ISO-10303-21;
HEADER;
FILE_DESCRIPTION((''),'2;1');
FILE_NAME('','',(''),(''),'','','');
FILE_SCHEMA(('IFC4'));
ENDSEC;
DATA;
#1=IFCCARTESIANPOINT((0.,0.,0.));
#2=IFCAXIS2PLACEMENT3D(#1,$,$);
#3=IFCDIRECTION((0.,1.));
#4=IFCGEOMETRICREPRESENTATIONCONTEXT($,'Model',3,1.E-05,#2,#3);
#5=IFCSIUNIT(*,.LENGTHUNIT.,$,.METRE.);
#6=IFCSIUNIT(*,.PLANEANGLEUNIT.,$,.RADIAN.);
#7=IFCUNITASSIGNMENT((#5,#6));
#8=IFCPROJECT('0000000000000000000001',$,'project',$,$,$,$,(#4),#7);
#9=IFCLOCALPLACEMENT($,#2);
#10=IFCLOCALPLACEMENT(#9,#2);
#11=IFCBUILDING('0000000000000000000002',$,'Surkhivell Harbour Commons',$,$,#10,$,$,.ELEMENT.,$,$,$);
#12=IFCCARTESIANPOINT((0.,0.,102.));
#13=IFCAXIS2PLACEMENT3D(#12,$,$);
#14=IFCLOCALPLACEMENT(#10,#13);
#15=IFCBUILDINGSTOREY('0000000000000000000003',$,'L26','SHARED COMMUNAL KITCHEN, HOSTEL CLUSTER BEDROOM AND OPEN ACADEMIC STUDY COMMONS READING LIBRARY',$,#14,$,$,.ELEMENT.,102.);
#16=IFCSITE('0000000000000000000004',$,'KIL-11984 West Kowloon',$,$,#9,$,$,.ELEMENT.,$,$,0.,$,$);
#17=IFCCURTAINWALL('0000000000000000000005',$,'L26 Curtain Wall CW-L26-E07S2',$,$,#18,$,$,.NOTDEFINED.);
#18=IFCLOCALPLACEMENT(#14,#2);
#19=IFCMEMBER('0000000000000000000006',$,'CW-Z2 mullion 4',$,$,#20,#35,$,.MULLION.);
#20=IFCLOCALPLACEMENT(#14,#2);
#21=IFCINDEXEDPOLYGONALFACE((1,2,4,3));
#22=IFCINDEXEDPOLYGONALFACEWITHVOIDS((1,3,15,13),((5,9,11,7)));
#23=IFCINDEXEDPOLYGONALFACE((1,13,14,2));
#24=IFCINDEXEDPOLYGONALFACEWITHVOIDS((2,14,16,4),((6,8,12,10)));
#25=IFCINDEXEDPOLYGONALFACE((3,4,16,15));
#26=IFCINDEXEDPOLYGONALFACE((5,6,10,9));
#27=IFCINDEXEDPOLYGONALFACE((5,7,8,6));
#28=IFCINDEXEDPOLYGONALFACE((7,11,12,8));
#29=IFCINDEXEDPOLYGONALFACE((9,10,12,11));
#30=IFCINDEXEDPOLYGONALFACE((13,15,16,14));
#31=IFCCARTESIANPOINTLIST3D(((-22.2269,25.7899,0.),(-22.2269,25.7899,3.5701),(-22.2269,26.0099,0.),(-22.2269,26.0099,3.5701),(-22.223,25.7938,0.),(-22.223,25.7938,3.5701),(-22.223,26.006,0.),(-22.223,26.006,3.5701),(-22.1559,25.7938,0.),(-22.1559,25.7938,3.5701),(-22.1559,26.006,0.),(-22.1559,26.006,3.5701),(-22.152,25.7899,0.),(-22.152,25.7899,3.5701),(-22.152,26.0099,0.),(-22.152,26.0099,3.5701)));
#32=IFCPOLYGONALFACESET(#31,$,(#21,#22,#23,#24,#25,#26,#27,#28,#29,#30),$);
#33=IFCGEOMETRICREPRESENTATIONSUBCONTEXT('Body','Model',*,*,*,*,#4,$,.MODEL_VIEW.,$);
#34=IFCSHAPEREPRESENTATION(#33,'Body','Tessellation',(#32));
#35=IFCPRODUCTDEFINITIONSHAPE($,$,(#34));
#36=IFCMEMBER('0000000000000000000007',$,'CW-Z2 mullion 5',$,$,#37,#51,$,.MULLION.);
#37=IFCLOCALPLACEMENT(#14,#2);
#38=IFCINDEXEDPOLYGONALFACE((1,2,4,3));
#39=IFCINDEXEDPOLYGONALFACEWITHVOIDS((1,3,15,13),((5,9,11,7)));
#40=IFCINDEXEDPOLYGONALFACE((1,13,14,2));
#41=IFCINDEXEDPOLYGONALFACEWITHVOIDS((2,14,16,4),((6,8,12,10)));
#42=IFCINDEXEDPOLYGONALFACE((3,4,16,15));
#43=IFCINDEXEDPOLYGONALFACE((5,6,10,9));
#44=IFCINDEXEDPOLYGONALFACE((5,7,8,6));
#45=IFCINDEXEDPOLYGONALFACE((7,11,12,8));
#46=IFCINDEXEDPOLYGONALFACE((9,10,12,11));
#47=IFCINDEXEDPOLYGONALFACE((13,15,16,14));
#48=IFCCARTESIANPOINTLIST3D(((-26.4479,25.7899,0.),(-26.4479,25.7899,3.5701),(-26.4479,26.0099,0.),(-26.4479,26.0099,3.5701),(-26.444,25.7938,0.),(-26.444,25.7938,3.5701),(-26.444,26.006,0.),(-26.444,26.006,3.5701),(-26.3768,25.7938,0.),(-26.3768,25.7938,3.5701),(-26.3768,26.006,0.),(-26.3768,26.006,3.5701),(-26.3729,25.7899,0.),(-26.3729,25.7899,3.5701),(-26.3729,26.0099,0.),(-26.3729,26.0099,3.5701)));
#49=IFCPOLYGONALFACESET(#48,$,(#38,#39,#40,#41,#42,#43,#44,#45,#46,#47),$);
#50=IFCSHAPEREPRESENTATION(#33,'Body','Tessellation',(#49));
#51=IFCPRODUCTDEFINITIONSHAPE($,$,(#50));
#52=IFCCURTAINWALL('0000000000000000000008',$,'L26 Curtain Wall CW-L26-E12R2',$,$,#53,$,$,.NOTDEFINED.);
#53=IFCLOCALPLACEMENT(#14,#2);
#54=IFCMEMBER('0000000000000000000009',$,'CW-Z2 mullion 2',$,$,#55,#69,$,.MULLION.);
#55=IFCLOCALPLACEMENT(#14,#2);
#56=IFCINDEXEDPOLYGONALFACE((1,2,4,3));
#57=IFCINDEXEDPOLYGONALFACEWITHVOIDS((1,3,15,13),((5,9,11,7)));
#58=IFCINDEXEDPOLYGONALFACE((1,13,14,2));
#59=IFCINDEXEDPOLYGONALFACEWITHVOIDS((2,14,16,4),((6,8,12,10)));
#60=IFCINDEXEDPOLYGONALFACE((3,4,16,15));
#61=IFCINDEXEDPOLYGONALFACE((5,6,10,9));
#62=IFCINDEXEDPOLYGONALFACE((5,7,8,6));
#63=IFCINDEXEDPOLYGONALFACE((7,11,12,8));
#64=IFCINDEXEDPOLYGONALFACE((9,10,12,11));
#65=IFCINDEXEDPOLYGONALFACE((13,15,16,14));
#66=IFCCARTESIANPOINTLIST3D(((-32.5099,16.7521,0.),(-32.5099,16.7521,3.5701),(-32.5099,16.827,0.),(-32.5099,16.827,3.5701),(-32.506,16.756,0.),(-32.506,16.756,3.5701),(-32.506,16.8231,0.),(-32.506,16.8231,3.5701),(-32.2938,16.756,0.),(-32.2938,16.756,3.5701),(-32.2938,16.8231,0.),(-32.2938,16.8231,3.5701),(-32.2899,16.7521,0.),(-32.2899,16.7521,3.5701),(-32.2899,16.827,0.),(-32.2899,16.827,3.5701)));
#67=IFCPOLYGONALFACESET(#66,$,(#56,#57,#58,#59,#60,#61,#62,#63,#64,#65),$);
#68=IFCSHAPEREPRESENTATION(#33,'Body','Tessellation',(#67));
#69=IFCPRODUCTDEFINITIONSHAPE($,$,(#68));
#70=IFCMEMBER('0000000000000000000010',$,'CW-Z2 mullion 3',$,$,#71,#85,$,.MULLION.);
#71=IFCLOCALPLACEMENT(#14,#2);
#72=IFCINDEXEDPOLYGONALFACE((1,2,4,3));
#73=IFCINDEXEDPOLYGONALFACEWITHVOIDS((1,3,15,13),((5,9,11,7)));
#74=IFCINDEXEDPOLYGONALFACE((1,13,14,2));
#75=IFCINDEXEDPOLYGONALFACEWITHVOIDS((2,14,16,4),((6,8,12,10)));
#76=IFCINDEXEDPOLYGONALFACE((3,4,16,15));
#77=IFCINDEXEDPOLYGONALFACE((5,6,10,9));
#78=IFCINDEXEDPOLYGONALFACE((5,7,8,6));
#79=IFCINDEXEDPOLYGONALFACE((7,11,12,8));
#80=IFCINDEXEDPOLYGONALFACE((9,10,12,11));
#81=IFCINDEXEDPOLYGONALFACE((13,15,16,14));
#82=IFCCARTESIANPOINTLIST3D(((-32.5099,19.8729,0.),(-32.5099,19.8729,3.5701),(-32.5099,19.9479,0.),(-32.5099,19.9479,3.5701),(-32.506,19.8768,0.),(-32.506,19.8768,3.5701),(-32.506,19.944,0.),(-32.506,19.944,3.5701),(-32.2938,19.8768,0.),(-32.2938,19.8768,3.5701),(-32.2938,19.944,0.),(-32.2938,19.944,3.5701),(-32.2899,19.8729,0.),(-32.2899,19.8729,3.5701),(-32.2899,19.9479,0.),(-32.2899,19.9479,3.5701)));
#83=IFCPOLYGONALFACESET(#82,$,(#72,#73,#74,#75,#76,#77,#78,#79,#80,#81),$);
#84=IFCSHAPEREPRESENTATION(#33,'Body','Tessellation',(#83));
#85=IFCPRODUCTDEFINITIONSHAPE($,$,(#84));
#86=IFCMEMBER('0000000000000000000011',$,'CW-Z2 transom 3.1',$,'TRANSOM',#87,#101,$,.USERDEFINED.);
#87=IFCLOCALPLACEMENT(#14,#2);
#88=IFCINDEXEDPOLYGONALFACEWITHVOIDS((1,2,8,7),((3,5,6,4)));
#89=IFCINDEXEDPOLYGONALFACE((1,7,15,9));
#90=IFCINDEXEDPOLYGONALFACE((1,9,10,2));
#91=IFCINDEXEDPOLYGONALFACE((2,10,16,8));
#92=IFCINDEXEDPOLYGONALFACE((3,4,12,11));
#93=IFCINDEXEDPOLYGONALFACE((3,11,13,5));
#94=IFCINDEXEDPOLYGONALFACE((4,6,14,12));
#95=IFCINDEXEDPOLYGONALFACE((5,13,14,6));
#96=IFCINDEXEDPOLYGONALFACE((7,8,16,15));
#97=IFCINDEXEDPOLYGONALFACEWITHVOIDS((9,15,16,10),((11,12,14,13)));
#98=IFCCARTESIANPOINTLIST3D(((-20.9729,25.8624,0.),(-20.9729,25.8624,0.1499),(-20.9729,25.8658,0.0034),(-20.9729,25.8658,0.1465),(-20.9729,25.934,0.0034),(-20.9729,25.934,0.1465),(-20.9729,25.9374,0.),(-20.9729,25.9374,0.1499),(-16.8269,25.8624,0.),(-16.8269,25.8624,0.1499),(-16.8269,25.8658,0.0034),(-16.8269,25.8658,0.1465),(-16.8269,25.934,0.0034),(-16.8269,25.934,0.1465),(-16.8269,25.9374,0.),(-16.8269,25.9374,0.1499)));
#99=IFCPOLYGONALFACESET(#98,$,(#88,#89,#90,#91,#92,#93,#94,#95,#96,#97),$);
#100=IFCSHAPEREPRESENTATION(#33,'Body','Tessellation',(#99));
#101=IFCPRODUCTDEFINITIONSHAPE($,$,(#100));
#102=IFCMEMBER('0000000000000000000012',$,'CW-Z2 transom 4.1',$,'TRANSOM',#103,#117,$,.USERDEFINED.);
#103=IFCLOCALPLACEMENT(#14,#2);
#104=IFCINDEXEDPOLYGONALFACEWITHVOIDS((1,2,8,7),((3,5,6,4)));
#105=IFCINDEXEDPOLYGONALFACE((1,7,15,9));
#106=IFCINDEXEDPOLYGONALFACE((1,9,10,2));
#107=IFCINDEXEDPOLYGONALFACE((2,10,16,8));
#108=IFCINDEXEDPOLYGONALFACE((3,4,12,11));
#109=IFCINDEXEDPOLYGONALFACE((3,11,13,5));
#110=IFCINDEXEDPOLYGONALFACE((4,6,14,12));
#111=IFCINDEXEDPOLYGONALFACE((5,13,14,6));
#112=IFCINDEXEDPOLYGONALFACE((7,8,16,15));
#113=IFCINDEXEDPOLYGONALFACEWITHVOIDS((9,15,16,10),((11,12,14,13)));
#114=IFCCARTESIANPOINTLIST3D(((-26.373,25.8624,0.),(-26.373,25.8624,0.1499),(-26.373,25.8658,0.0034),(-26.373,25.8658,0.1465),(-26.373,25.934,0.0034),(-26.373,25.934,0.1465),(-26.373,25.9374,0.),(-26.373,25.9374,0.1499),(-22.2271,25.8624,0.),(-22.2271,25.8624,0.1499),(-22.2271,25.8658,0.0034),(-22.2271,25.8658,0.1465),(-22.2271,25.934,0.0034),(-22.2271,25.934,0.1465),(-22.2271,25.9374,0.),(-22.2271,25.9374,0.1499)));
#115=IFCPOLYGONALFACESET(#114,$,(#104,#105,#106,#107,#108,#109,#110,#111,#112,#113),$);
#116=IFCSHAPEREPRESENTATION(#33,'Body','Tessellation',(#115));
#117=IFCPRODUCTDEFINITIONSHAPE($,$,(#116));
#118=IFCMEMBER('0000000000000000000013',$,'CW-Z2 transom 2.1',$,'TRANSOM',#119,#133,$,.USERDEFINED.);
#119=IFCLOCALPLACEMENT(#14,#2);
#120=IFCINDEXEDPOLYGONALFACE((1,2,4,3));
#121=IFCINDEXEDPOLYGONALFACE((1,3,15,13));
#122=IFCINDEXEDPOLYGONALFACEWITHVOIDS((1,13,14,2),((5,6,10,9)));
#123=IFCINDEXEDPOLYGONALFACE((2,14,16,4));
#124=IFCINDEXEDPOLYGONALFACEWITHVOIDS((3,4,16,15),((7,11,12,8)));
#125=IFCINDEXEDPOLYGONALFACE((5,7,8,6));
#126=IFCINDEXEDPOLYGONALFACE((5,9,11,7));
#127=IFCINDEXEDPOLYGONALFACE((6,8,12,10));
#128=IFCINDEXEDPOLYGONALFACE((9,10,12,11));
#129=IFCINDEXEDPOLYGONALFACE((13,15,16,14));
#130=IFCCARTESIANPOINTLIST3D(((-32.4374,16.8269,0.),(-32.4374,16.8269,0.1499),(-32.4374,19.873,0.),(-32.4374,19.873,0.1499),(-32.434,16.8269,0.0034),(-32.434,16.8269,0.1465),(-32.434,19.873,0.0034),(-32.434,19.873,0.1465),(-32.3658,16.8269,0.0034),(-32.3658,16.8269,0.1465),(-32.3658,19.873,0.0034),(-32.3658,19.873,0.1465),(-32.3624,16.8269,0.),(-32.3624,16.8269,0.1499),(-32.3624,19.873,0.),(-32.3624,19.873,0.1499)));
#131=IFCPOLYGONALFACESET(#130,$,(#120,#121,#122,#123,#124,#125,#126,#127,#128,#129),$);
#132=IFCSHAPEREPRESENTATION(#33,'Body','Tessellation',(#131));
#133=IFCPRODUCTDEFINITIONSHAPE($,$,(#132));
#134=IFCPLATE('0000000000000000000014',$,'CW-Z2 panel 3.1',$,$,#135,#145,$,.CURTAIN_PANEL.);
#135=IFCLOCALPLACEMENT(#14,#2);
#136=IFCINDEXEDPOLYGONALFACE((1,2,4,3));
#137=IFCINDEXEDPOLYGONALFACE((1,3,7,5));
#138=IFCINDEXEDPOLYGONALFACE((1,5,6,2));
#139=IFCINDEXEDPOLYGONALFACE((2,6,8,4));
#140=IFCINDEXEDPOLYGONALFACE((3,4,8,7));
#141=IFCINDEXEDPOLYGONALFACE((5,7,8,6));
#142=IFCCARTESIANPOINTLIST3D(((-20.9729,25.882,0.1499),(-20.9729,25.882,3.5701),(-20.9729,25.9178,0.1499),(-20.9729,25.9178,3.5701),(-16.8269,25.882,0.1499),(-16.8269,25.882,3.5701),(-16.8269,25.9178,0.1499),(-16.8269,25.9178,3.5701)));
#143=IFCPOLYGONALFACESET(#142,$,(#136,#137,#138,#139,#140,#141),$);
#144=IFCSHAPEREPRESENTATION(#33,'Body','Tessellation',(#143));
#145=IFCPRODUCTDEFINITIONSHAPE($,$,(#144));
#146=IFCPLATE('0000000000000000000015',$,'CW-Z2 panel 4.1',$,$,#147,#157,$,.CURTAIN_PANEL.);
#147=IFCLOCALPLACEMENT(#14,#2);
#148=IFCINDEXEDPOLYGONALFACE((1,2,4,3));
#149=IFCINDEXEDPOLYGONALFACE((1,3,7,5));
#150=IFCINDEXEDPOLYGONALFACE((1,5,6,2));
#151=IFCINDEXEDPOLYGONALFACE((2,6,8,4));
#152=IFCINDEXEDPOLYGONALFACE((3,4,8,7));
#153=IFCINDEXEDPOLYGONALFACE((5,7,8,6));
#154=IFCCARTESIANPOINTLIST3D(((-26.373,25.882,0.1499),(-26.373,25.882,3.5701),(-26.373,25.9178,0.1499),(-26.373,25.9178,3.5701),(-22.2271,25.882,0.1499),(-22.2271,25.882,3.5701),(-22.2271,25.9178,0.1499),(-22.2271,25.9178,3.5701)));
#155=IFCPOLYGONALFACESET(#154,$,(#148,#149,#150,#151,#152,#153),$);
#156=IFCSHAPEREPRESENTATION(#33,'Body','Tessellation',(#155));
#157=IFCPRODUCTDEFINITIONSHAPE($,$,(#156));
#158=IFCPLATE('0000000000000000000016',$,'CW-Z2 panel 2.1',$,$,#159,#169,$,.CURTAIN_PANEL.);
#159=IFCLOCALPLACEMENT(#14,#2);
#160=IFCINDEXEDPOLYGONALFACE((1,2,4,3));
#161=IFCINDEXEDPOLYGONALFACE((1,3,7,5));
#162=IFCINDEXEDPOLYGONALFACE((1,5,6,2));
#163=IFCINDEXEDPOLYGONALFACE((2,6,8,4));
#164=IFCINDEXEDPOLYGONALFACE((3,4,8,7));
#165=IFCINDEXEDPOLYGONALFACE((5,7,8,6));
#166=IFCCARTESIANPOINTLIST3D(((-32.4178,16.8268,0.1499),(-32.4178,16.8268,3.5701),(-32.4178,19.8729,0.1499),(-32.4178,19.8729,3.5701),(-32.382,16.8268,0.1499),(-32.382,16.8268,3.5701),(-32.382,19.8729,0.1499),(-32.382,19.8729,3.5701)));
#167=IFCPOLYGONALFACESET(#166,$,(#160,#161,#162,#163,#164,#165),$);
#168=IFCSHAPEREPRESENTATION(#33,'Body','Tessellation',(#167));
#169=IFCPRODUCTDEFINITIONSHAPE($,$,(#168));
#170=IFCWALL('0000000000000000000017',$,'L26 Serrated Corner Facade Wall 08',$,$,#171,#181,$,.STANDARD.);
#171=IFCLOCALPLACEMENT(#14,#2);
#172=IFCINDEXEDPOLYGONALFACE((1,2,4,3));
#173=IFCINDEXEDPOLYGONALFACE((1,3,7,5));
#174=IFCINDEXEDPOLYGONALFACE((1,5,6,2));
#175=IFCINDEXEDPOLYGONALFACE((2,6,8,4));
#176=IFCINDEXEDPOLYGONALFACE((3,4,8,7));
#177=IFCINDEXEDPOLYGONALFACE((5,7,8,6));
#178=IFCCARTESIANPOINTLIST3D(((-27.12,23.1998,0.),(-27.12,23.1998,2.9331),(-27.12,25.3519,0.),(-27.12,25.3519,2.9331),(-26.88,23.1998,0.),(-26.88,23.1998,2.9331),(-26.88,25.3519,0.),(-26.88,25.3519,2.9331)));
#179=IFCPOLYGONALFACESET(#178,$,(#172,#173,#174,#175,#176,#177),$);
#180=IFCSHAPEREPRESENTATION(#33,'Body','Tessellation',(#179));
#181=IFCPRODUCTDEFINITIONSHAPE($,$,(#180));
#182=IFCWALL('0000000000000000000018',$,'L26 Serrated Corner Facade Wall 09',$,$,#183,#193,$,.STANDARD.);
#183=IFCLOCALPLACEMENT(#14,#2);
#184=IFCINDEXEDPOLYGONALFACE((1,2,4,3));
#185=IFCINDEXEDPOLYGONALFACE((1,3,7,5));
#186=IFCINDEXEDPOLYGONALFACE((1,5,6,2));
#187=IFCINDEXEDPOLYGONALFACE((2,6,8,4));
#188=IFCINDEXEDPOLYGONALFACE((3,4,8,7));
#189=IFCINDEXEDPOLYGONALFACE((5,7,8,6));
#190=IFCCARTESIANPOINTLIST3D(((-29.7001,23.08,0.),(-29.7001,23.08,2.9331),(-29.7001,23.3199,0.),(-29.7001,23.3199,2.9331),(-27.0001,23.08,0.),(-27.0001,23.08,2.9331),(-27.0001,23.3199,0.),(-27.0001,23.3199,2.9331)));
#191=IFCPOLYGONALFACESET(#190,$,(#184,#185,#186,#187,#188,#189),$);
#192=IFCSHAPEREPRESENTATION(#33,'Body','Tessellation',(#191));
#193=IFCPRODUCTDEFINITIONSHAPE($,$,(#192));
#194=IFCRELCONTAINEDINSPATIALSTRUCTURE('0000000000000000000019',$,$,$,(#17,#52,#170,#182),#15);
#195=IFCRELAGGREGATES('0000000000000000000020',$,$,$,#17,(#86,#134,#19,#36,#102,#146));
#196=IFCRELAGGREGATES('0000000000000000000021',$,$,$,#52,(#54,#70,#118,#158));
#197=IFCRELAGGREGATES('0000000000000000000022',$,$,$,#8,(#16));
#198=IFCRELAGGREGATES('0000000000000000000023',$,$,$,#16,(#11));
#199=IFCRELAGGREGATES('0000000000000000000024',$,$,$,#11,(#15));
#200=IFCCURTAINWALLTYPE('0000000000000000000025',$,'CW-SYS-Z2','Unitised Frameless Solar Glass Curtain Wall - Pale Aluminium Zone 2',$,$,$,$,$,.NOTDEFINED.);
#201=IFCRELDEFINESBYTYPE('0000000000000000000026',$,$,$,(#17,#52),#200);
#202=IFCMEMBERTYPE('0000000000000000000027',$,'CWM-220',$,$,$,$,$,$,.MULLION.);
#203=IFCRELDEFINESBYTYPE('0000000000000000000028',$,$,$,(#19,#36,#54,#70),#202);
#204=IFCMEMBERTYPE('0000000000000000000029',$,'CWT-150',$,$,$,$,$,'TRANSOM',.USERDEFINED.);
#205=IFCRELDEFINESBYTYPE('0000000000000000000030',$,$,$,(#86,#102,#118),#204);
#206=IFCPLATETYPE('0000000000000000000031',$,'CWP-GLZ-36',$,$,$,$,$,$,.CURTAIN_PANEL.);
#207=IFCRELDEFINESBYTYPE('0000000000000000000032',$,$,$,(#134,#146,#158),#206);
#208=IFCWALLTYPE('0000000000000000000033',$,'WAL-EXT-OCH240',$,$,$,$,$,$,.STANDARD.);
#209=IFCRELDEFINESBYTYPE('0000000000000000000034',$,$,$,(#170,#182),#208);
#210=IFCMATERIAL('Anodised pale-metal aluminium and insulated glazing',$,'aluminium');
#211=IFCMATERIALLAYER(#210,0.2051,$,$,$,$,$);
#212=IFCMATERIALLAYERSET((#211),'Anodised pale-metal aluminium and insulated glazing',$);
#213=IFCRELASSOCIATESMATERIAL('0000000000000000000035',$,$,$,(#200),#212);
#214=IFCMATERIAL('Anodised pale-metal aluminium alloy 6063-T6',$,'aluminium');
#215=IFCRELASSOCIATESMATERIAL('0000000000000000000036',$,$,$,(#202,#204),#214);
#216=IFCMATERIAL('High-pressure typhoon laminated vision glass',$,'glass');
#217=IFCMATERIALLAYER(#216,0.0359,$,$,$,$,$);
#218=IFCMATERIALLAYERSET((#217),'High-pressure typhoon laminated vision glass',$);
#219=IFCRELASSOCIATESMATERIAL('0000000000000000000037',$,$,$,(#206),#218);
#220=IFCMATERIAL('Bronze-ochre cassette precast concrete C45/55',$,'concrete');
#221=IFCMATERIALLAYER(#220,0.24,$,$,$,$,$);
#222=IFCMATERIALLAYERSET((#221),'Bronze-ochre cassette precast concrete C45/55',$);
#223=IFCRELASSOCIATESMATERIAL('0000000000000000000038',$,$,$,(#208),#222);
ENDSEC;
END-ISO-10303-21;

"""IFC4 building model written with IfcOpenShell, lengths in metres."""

from ifc_helpers import new_model, si_unit, direction, frame, frame_2d, origin, origin_2d, place, context, subcontext, project, spatial, rectangle, hollow_rectangle, extrude, material, layer, layer_set, material_profile, profile_set, type_object, element, aggregate, save


model = new_model("IFC4")

# Units and contexts
model_context = context("Model", 3, precision=1e-05, world=origin(), true_north=direction((0.0, 1.0)))
body_context = subcontext(model_context, "Body", "Model", "MODEL_VIEW")
ifc_project = project(units=[si_unit("LENGTHUNIT", "METRE"), si_unit("PLANEANGLEUNIT", "RADIAN")], contexts=[model_context])

# Site, building, storey
site_placement = place(None, origin())
site = spatial("IfcSite", under=ifc_project, at=site_placement, Name="KIL-11984 West Kowloon", CompositionType="ELEMENT", RefElevation=0.0)
building_placement = place(site_placement, origin())
building = spatial("IfcBuilding", under=site, at=building_placement, Name="Surkhivell Harbour Commons", CompositionType="ELEMENT")
storey_placement = place(building_placement, frame((0.0, 0.0, 102.0)))
storey = spatial("IfcBuildingStorey", under=building, at=storey_placement, Name="L26", Description="SHARED COMMUNAL KITCHEN, HOSTEL CLUSTER BEDROOM AND OPEN ACADEMIC STUDY COMMONS READING LIBRARY", CompositionType="ELEMENT", Elevation=102.0)

# Curtain walls, members
ifc_material_1 = material(Name="Anodised pale-metal aluminium and insulated glazing", Category="aluminium")
ifc_layer_1 = layer(ifc_material_1, 0.2051)
ifc_layer_set_1 = layer_set([ifc_layer_1], Name="Anodised pale-metal aluminium and insulated glazing")
curtain_wall_type = type_object("IfcCurtainWallType", Name="CW-SYS-Z2", Description="Unitised Frameless Solar Glass Curtain Wall - Pale Aluminium Zone 2", PredefinedType="NOTDEFINED", material=ifc_layer_set_1)
curtain_wall_1_placement = place(storey_placement, origin())
curtain_wall_1 = element("IfcCurtainWall", 1, at=curtain_wall_1_placement, inside=storey, type_object=curtain_wall_type, Name="L26 Curtain Wall CW-L26-E07S2", PredefinedType="NOTDEFINED")
ifc_material_2 = material(Name="Anodised pale-metal aluminium alloy 6063-T6", Category="aluminium")
ifc_material_profile_1 = material_profile(ifc_material_2, hollow_rectangle(XDim=0.075, YDim=0.22, WallThickness=0.0039, at=origin_2d()), Name="ALU-MULL-75x220")
ifc_profile_set_1 = profile_set([ifc_material_profile_1], Name="Anodised pale-metal aluminium alloy 6063-T6")
member_type_1 = type_object("IfcMemberType", Name="CWM-220", PredefinedType="MULLION", material=ifc_profile_set_1)
member_1_placement = place(storey_placement, frame((-22.1895, 25.8999, 0.0), z_axis=(0.0, 0.0, 1.0), x_axis=(-1.0, 0.0, 0.0)))
member_1 = element("IfcMember", 2, at=member_1_placement, type_object=member_type_1, Name="CW-Z2 mullion 4", PredefinedType="MULLION", context=body_context, shape_type="SweptSolid", body=[
    extrude(hollow_rectangle(XDim=0.075, YDim=0.22, WallThickness=0.0039, at=origin_2d()), origin(), (0.0, 0.0, 1.0), 3.5701),
])
member_2_placement = place(storey_placement, frame((-26.4104, 25.8999, 0.0), z_axis=(0.0, 0.0, 1.0), x_axis=(-1.0, 0.0, 0.0)))
member_2 = element("IfcMember", 3, at=member_2_placement, type_object=member_type_1, Name="CW-Z2 mullion 5", PredefinedType="MULLION", context=body_context, shape_type="SweptSolid", body=[
    extrude(hollow_rectangle(XDim=0.075, YDim=0.22, WallThickness=0.0039, at=origin_2d()), origin(), (0.0, 0.0, 1.0), 3.5701),
])
curtain_wall_2_placement = place(storey_placement, origin())
curtain_wall_2 = element("IfcCurtainWall", 4, at=curtain_wall_2_placement, inside=storey, type_object=curtain_wall_type, Name="L26 Curtain Wall CW-L26-E12R2", PredefinedType="NOTDEFINED")
member_3_placement = place(storey_placement, frame((-32.3999, 16.7896, 0.0), z_axis=(0.0, 0.0, 1.0), x_axis=(0.0, 1.0, 0.0)))
member_3 = element("IfcMember", 5, at=member_3_placement, type_object=member_type_1, Name="CW-Z2 mullion 2", PredefinedType="MULLION", context=body_context, shape_type="SweptSolid", body=[
    extrude(hollow_rectangle(XDim=0.075, YDim=0.22, WallThickness=0.0039, at=origin_2d()), origin(), (0.0, 0.0, 1.0), 3.5701),
])
member_4_placement = place(storey_placement, frame((-32.3999, 19.9104, 0.0), z_axis=(0.0, 0.0, 1.0), x_axis=(0.0, 1.0, 0.0)))
member_4 = element("IfcMember", 6, at=member_4_placement, type_object=member_type_1, Name="CW-Z2 mullion 3", PredefinedType="MULLION", context=body_context, shape_type="SweptSolid", body=[
    extrude(hollow_rectangle(XDim=0.075, YDim=0.22, WallThickness=0.0039, at=origin_2d()), origin(), (0.0, 0.0, 1.0), 3.5701),
])

# Members
ifc_material_profile_2 = material_profile(ifc_material_2, hollow_rectangle(XDim=0.075, YDim=0.1499, WallThickness=0.0034, at=origin_2d()), Name="ALU-TRAN-75x150")
ifc_profile_set_2 = profile_set([ifc_material_profile_2], Name="Anodised pale-metal aluminium alloy 6063-T6")
member_type_2 = type_object("IfcMemberType", Name="CWT-150", ElementType="TRANSOM", PredefinedType="USERDEFINED", material=ifc_profile_set_2)
member_5_placement = place(storey_placement, frame((-16.8269, 25.8999, 0.075), z_axis=(-1.0, 0.0, 0.0), x_axis=(0.0, -1.0, 0.0)))
member_5 = element("IfcMember", 7, at=member_5_placement, type_object=member_type_2, Name="CW-Z2 transom 3.1", ObjectType="TRANSOM", PredefinedType="USERDEFINED", context=body_context, shape_type="SweptSolid", body=[
    extrude(hollow_rectangle(XDim=0.075, YDim=0.1499, WallThickness=0.0034, at=origin_2d()), origin(), (0.0, 0.0, 1.0), 4.146),
])
member_6_placement = place(storey_placement, frame((-22.2271, 25.8999, 0.075), z_axis=(-1.0, 0.0, 0.0), x_axis=(0.0, -1.0, 0.0)))
member_6 = element("IfcMember", 8, at=member_6_placement, type_object=member_type_2, Name="CW-Z2 transom 4.1", ObjectType="TRANSOM", PredefinedType="USERDEFINED", context=body_context, shape_type="SweptSolid", body=[
    extrude(hollow_rectangle(XDim=0.075, YDim=0.1499, WallThickness=0.0034, at=origin_2d()), origin(), (0.0, 0.0, 1.0), 4.146),
])
member_7_placement = place(storey_placement, frame((-32.3999, 16.8269, 0.075), z_axis=(0.0, 1.0, 0.0), x_axis=(-1.0, 0.0, 0.0)))
member_7 = element("IfcMember", 9, at=member_7_placement, type_object=member_type_2, Name="CW-Z2 transom 2.1", ObjectType="TRANSOM", PredefinedType="USERDEFINED", context=body_context, shape_type="SweptSolid", body=[
    extrude(hollow_rectangle(XDim=0.075, YDim=0.1499, WallThickness=0.0034, at=origin_2d()), origin(), (0.0, 0.0, 1.0), 3.0461),
])

# Plates
ifc_material_3 = material(Name="High-pressure typhoon laminated vision glass", Category="glass")
ifc_layer_2 = layer(ifc_material_3, 0.0359)
ifc_layer_set_2 = layer_set([ifc_layer_2], Name="High-pressure typhoon laminated vision glass")
plate_type = type_object("IfcPlateType", Name="CWP-GLZ-36", PredefinedType="CURTAIN_PANEL", material=ifc_layer_set_2)
plate_1_placement = place(storey_placement, frame((-16.8269, 25.8999, 0.1499), z_axis=(0.0, 0.0, 1.0), x_axis=(-1.0, 0.0, 0.0)))
plate_1 = element("IfcPlate", 10, at=plate_1_placement, type_object=plate_type, Name="CW-Z2 panel 3.1", PredefinedType="CURTAIN_PANEL", context=body_context, shape_type="SweptSolid", body=[
    extrude(rectangle(XDim=4.146, YDim=0.0359, at=frame_2d((2.073, 0.0))), origin(), (0.0, 0.0, 1.0), 3.4202),
])
plate_2_placement = place(storey_placement, frame((-22.2271, 25.8999, 0.1499), z_axis=(0.0, 0.0, 1.0), x_axis=(-1.0, 0.0, 0.0)))
plate_2 = element("IfcPlate", 11, at=plate_2_placement, type_object=plate_type, Name="CW-Z2 panel 4.1", PredefinedType="CURTAIN_PANEL", context=body_context, shape_type="SweptSolid", body=[
    extrude(rectangle(XDim=4.146, YDim=0.0359, at=frame_2d((2.073, 0.0))), origin(), (0.0, 0.0, 1.0), 3.4202),
])
aggregate(curtain_wall_1, [member_5, plate_1, member_1, member_2, member_6, plate_2])
plate_3_placement = place(storey_placement, frame((-32.3999, 16.8269, 0.1499), z_axis=(0.0, 0.0, 1.0), x_axis=(0.0, 1.0, 0.0)))
plate_3 = element("IfcPlate", 12, at=plate_3_placement, type_object=plate_type, Name="CW-Z2 panel 2.1", PredefinedType="CURTAIN_PANEL", context=body_context, shape_type="SweptSolid", body=[
    extrude(rectangle(XDim=3.0461, YDim=0.0359, at=frame_2d((1.5229, 0.0))), origin(), (0.0, 0.0, 1.0), 3.4202),
])
aggregate(curtain_wall_2, [member_3, member_4, member_7, plate_3])

# Walls
ifc_material_4 = material(Name="Bronze-ochre cassette precast concrete C45/55", Category="concrete")
ifc_layer_3 = layer(ifc_material_4, 0.24)
ifc_layer_set_3 = layer_set([ifc_layer_3], Name="Bronze-ochre cassette precast concrete C45/55")
wall_type = type_object("IfcWallType", Name="WAL-EXT-OCH240", PredefinedType="STANDARD", material=ifc_layer_set_3)
wall_1_placement = place(storey_placement, frame((-27.0, 25.3521, 0.0), z_axis=(0.0, 0.0, 1.0), x_axis=(0.0, -1.0, 0.0)))
element("IfcWall", 13, at=wall_1_placement, inside=storey, type_object=wall_type, Name="L26 Serrated Corner Facade Wall 08", PredefinedType="STANDARD", context=body_context, shape_type="SweptSolid", body=[
    extrude(rectangle(XDim=2.1521, YDim=0.24, at=frame_2d((1.0762, 0.0))), origin(), (0.0, 0.0, 1.0), 2.9331),
])
wall_2_placement = place(storey_placement, frame((-27.0, 23.2, 0.0), z_axis=(0.0, 0.0, 1.0), x_axis=(-1.0, 0.0, 0.0)))
element("IfcWall", 14, at=wall_2_placement, inside=storey, type_object=wall_type, Name="L26 Serrated Corner Facade Wall 09", PredefinedType="STANDARD", context=body_context, shape_type="SweptSolid", body=[
    extrude(rectangle(XDim=2.7, YDim=0.24, at=frame_2d((1.3501, 0.0))), origin(), (0.0, 0.0, 1.0), 2.9331),
])

save(model, "model.ifc")
